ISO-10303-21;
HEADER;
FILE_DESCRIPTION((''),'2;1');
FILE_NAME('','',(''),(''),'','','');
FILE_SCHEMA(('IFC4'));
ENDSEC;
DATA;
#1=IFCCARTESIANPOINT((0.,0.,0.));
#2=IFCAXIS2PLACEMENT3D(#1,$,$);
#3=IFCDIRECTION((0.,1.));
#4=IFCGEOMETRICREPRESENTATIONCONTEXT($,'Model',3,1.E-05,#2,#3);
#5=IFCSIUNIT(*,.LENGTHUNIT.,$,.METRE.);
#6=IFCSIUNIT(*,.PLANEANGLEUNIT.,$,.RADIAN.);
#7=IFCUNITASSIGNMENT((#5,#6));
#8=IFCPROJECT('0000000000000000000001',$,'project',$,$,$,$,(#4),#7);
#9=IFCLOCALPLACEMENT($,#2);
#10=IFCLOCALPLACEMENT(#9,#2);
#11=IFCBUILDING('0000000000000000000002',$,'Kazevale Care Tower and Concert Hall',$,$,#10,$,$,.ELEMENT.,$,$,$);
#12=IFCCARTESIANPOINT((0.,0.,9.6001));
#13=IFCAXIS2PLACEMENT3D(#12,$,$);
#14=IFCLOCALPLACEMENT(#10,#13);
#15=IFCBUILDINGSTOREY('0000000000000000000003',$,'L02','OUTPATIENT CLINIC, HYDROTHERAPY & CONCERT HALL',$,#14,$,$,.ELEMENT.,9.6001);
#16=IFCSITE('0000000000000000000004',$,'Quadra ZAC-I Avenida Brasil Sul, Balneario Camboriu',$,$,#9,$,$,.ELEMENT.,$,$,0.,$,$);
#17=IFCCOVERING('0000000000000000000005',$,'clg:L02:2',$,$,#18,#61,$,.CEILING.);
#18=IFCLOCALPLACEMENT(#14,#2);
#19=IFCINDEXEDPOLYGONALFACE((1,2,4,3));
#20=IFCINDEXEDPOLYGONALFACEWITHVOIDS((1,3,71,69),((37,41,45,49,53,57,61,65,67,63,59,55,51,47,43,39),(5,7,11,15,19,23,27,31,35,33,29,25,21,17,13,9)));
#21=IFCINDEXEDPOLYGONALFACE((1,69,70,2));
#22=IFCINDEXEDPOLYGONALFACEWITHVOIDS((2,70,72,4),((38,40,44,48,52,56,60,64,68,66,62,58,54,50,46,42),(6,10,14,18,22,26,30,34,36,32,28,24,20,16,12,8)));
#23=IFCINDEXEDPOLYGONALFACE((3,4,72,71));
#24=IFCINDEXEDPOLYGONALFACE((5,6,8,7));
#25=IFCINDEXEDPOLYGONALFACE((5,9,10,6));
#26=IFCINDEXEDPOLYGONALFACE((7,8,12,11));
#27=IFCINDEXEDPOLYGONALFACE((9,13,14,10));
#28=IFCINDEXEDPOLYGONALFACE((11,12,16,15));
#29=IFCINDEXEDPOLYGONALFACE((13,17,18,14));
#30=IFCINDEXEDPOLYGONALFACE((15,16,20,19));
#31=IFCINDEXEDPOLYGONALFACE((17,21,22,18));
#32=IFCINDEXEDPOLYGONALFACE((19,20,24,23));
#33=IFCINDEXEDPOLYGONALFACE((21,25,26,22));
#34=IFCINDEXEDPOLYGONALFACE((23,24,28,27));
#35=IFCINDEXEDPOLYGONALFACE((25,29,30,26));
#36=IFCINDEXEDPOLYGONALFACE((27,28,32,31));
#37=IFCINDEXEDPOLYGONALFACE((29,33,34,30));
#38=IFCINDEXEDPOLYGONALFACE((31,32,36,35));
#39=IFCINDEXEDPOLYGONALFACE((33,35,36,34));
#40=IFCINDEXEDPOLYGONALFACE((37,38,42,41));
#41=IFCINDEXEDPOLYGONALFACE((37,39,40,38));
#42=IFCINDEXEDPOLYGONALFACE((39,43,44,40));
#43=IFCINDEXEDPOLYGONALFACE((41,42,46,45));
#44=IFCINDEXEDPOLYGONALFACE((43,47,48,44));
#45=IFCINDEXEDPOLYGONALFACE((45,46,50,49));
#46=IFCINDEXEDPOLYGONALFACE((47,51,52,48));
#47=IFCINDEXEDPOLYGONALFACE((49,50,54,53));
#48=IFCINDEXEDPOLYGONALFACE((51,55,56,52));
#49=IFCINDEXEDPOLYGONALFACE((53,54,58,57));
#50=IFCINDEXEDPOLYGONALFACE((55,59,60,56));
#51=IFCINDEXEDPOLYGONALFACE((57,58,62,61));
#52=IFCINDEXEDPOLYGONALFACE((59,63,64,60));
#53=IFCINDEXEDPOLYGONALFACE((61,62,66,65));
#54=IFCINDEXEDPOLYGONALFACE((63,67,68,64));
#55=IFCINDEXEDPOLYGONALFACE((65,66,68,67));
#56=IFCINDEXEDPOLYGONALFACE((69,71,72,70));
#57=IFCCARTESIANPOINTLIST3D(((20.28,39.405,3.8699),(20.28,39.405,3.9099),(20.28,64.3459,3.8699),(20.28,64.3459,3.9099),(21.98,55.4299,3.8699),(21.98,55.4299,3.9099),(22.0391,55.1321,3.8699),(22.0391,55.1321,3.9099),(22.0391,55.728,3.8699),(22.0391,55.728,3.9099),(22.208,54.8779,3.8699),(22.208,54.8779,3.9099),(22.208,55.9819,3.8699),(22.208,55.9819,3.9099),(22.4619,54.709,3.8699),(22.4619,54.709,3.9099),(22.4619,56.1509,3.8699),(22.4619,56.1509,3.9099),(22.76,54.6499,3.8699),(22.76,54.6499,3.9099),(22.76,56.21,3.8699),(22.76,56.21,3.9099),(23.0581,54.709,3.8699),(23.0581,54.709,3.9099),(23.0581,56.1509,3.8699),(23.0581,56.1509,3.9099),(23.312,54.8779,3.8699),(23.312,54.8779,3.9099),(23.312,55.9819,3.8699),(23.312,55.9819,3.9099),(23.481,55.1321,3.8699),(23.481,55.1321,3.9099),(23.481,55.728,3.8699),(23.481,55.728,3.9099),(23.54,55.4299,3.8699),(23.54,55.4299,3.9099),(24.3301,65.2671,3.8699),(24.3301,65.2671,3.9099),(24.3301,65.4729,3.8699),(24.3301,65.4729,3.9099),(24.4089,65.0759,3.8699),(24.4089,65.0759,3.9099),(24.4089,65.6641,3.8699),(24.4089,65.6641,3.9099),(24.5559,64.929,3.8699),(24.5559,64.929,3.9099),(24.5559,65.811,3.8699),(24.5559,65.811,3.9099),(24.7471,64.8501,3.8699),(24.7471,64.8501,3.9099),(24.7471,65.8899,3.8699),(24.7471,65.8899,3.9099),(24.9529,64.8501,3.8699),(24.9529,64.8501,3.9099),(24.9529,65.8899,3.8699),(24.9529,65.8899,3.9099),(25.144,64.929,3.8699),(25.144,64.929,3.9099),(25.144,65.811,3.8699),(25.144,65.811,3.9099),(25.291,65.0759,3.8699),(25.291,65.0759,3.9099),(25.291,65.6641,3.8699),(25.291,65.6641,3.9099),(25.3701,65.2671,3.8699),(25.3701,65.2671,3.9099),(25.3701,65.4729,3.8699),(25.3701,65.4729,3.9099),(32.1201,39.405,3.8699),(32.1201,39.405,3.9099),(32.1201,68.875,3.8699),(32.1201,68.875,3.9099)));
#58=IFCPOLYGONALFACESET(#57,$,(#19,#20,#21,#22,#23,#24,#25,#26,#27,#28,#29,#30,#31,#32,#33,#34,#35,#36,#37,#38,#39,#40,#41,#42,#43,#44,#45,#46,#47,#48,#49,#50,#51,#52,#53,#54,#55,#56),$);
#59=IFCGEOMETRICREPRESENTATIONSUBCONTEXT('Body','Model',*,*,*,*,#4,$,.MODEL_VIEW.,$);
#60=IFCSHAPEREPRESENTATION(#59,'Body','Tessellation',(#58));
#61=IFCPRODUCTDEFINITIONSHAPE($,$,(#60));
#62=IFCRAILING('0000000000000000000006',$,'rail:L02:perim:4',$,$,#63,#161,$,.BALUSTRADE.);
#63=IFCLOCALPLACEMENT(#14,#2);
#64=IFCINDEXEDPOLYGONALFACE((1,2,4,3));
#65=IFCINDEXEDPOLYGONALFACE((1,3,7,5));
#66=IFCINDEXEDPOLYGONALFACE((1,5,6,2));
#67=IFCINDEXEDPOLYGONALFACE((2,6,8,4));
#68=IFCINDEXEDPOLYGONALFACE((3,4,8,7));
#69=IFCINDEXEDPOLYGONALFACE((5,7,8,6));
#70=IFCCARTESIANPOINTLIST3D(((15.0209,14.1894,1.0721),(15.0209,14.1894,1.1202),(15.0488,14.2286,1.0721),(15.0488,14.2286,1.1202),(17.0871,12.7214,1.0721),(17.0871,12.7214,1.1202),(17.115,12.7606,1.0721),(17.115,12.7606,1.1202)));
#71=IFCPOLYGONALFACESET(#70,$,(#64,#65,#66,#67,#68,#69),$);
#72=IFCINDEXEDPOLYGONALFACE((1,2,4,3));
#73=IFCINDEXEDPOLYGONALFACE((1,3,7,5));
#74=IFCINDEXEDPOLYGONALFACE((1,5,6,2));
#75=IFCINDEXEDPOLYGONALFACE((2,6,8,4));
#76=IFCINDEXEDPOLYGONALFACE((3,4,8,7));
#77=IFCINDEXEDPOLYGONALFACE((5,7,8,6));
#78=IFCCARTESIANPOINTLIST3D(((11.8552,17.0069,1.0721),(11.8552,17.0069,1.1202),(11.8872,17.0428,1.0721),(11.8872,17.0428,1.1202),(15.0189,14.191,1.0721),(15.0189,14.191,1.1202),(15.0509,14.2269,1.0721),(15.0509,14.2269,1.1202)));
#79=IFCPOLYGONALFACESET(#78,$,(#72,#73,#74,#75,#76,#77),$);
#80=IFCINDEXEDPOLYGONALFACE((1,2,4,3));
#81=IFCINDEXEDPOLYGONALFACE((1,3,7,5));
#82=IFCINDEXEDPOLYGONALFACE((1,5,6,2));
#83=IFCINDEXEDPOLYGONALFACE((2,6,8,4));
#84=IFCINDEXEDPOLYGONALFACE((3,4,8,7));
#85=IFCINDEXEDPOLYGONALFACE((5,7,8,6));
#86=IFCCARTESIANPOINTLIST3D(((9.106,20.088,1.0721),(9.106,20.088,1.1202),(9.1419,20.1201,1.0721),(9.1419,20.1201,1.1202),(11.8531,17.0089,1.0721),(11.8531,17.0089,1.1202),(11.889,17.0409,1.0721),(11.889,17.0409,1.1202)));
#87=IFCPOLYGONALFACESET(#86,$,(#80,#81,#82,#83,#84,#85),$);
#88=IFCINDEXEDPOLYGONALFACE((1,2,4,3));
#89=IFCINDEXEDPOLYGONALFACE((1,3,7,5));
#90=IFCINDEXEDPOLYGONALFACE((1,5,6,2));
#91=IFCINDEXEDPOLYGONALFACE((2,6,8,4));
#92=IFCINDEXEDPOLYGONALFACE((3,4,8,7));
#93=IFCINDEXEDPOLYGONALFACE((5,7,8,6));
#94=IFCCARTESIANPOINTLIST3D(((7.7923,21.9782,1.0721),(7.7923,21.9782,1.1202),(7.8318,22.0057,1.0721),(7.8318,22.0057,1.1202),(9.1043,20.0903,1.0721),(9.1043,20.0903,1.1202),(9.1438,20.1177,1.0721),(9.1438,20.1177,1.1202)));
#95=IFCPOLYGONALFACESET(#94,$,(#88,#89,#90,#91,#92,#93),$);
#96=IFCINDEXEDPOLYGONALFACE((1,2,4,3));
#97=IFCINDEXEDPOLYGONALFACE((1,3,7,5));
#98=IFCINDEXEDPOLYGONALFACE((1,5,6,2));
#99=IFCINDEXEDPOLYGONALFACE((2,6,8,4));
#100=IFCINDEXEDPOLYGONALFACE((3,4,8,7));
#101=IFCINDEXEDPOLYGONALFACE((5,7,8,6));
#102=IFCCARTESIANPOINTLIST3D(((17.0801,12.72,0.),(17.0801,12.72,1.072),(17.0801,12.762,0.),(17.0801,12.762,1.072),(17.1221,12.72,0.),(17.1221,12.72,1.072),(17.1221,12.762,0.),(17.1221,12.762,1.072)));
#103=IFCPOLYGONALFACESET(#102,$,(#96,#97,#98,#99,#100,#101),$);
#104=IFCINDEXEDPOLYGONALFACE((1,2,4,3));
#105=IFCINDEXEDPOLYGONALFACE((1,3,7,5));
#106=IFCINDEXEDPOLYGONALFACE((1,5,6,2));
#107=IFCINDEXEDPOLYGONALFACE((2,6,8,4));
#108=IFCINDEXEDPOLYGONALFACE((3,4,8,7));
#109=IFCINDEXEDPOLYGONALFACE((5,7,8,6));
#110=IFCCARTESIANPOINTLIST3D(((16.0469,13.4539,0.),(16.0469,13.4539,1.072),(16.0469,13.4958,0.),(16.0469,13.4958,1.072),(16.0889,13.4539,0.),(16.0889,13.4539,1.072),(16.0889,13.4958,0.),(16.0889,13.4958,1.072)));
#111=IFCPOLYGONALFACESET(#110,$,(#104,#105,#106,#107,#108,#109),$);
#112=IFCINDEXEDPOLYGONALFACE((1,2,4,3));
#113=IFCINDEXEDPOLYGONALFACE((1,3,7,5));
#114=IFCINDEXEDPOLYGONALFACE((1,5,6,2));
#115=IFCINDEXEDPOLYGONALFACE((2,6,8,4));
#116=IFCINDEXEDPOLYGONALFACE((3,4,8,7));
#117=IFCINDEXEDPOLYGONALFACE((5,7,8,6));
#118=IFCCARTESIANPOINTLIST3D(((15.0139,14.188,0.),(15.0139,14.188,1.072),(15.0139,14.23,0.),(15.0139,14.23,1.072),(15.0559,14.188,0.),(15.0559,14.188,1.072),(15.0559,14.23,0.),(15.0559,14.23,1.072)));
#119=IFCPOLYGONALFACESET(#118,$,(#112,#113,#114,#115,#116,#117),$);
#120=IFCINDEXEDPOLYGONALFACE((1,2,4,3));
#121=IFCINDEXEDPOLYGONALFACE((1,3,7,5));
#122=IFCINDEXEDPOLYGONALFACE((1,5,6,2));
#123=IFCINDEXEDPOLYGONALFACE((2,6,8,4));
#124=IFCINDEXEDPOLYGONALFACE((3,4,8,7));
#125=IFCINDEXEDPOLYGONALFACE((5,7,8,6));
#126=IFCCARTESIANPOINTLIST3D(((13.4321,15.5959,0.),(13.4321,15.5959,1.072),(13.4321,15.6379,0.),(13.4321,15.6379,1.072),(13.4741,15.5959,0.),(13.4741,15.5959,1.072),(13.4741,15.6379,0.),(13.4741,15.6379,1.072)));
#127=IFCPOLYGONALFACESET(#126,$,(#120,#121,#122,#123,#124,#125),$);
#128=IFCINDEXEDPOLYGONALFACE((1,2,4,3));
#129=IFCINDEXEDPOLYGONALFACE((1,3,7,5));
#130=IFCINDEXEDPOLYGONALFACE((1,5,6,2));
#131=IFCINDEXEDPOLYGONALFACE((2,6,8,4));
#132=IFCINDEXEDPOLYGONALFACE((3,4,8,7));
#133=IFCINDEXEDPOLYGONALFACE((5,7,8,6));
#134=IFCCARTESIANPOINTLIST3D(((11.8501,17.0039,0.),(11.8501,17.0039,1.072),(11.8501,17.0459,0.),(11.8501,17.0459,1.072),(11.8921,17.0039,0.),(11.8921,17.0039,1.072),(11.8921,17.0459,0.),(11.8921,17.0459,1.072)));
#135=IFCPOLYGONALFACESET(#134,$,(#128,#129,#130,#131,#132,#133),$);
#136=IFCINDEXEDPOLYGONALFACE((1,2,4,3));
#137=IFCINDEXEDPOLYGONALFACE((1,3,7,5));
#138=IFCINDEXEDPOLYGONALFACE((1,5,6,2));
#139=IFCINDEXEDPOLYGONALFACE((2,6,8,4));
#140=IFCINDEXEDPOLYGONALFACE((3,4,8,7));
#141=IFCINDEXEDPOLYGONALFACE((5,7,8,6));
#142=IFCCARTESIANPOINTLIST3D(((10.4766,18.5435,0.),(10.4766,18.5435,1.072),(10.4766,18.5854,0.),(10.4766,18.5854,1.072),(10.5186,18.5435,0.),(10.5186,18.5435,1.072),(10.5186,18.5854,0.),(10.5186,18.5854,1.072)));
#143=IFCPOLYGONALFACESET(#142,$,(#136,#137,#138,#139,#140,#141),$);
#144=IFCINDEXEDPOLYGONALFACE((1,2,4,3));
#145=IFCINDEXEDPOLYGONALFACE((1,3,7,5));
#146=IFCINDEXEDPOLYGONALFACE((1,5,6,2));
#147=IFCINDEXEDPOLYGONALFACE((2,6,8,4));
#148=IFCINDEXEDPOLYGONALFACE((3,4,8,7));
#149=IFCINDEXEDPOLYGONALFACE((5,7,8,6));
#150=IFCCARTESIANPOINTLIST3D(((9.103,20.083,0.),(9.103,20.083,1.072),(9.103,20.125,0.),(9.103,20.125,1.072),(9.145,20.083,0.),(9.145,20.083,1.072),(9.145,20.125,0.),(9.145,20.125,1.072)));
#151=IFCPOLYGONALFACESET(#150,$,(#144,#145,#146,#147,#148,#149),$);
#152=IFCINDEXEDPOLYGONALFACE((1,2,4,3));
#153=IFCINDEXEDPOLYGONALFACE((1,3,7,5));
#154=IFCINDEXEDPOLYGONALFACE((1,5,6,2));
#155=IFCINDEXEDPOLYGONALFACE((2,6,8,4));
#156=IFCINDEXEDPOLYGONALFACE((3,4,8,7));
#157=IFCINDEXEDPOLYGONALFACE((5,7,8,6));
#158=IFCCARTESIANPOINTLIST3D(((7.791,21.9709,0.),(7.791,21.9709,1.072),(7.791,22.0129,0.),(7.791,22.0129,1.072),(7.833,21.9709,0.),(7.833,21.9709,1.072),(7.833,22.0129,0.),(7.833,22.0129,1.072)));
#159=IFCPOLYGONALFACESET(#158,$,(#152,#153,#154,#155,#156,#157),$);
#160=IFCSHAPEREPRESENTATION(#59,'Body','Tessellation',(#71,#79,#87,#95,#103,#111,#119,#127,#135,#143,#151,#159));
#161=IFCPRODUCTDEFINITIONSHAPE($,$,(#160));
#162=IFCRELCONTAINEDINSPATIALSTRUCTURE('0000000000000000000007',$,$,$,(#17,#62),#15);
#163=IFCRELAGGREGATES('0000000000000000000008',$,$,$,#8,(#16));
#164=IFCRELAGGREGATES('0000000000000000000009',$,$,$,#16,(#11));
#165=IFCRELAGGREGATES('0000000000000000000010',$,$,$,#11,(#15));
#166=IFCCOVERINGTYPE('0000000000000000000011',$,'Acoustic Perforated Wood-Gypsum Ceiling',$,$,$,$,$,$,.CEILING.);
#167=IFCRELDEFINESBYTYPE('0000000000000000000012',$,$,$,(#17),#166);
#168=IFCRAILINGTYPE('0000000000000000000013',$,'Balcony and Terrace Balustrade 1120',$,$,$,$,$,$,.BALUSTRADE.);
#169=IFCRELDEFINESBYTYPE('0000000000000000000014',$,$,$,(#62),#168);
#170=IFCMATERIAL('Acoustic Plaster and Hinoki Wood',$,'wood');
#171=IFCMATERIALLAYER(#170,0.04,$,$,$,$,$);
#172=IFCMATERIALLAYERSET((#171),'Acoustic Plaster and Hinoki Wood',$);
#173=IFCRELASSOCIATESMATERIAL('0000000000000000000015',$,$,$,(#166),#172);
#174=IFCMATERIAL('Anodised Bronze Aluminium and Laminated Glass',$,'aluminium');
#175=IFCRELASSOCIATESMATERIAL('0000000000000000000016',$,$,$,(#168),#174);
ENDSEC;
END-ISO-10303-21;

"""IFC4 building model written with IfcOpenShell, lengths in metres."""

from ifc_helpers import new_model, si_unit, direction, frame, origin, origin_2d, place, context, subcontext, project, spatial, polyline, rectangle, outline, extrude, material, layer, layer_set, type_object, element, save


model = new_model("IFC4")

# Units and contexts
model_context = context("Model", 3, precision=1e-05, world=origin(), true_north=direction((0.0, 1.0)))
body_context = subcontext(model_context, "Body", "Model", "MODEL_VIEW")
ifc_project = project(units=[si_unit("LENGTHUNIT", "METRE"), si_unit("PLANEANGLEUNIT", "RADIAN")], contexts=[model_context])

# Site, building, storey
site_placement = place(None, origin())
site = spatial("IfcSite", under=ifc_project, at=site_placement, Name="Quadra ZAC-I Avenida Brasil Sul, Balneario Camboriu", CompositionType="ELEMENT", RefElevation=0.0)
building_placement = place(site_placement, origin())
building = spatial("IfcBuilding", under=site, at=building_placement, Name="Kazevale Care Tower and Concert Hall", CompositionType="ELEMENT")
storey_placement = place(building_placement, frame((0.0, 0.0, 9.6001)))
storey = spatial("IfcBuildingStorey", under=building, at=storey_placement, Name="L02", Description="OUTPATIENT CLINIC, HYDROTHERAPY & CONCERT HALL", CompositionType="ELEMENT", Elevation=9.6001)

# Covering
ifc_material_1 = material(Name="Acoustic Plaster and Hinoki Wood", Category="wood")
ifc_layer_1 = layer(ifc_material_1, 0.04)
ifc_layer_set_1 = layer_set([ifc_layer_1], Name="Acoustic Plaster and Hinoki Wood")
covering_type_1 = type_object("IfcCoveringType", Name="Acoustic Perforated Wood-Gypsum Ceiling", PredefinedType="CEILING", material=ifc_layer_set_1)
covering_1_placement = place(storey_placement, frame((0.0, 0.0, 3.8699)))
element("IfcCovering", 1, at=covering_1_placement, inside=storey, type_object=covering_type_1, Name="clg:L02:2", PredefinedType="CEILING", context=body_context, shape_type="SweptSolid", body=[
    extrude(outline(polyline([(32.1201, 68.875), (32.1201, 39.405), (20.28, 39.405), (20.28, 64.3459), (32.1201, 68.875)]), holes=[polyline([(23.481, 55.728), (23.312, 55.9819), (23.0581, 56.1509), (22.76, 56.21), (22.4619, 56.1509), (22.208, 55.9819), (22.0391, 55.728), (21.98, 55.4299), (22.0391, 55.1321), (22.208, 54.8779), (22.4619, 54.709), (22.76, 54.6499), (23.0581, 54.709), (23.312, 54.8779), (23.481, 55.1321), (23.54, 55.4299), (23.481, 55.728)]), polyline([(25.3701, 65.4729), (25.291, 65.6641), (25.144, 65.811), (24.9529, 65.8899), (24.7471, 65.8899), (24.5559, 65.811), (24.4089, 65.6641), (24.3301, 65.4729), (24.3301, 65.2671), (24.4089, 65.0759), (24.5559, 64.929), (24.7471, 64.8501), (24.9529, 64.8501), (25.144, 64.929), (25.291, 65.0759), (25.3701, 65.2671), (25.3701, 65.4729)])]), origin(), (0.0, 0.0, 1.0), 0.04),
])

# Railing
ifc_material_2 = material(Name="Anodised Bronze Aluminium and Laminated Glass", Category="aluminium")
railing_type = type_object("IfcRailingType", Name="Balcony and Terrace Balustrade 1120", PredefinedType="BALUSTRADE", material=ifc_material_2)
railing_placement = place(storey_placement, frame((17.1011, 12.741, 0.0)))
element("IfcRailing", 2, at=railing_placement, inside=storey, type_object=railing_type, Name="rail:L02:perim:4", PredefinedType="BALUSTRADE", context=body_context, shape_type="SweptSolid", body=[
    extrude(rectangle(XDim=0.0481, YDim=0.0481, at=origin_2d()), frame((0.0, 0.0, 1.0962), z_axis=(-0.815189, 0.579195, 0.0), x_axis=(-0.579195, -0.815189, 0.0)), (0.0, 0.0, 1.0), 2.5347),
    extrude(rectangle(XDim=0.0481, YDim=0.0481, at=origin_2d()), frame((-2.0662, 1.468, 1.0962), z_axis=(-0.746983, 0.664843, 0.0), x_axis=(-0.664843, -0.746983, 0.0)), (0.0, 0.0, 1.0), 4.2354),
    extrude(rectangle(XDim=0.0481, YDim=0.0481, at=origin_2d()), frame((-5.23, 4.2839, 1.0962), z_axis=(-0.665729, 0.746194, 0.0), x_axis=(-0.746194, -0.665729, 0.0)), (0.0, 0.0, 1.0), 4.1265),
    extrude(rectangle(XDim=0.0481, YDim=0.0481, at=origin_2d()), frame((-7.9771, 7.363, 1.0962), z_axis=(-0.570672, 0.821178, 0.0), x_axis=(-0.821178, -0.570672, 0.0)), (0.0, 0.0, 1.0), 2.2991),
    extrude(rectangle(XDim=0.042, YDim=0.042, at=origin_2d()), origin(), (0.0, 0.0, 1.0), 1.072),
    extrude(rectangle(XDim=0.042, YDim=0.042, at=origin_2d()), frame((-1.0332, 0.7339, 0.0)), (0.0, 0.0, 1.0), 1.072),
    extrude(rectangle(XDim=0.042, YDim=0.042, at=origin_2d()), frame((-2.0662, 1.468, 0.0)), (0.0, 0.0, 1.0), 1.072),
    extrude(rectangle(XDim=0.042, YDim=0.042, at=origin_2d()), frame((-3.6479, 2.876, 0.0)), (0.0, 0.0, 1.0), 1.072),
    extrude(rectangle(XDim=0.042, YDim=0.042, at=origin_2d()), frame((-5.23, 4.2839, 0.0)), (0.0, 0.0, 1.0), 1.072),
    extrude(rectangle(XDim=0.042, YDim=0.042, at=origin_2d()), frame((-6.6035, 5.8235, 0.0)), (0.0, 0.0, 1.0), 1.072),
    extrude(rectangle(XDim=0.042, YDim=0.042, at=origin_2d()), frame((-7.9771, 7.363, 0.0)), (0.0, 0.0, 1.0), 1.072),
    extrude(rectangle(XDim=0.042, YDim=0.042, at=origin_2d()), frame((-9.2891, 9.251, 0.0)), (0.0, 0.0, 1.0), 1.072),
])

save(model, "model.ifc")
